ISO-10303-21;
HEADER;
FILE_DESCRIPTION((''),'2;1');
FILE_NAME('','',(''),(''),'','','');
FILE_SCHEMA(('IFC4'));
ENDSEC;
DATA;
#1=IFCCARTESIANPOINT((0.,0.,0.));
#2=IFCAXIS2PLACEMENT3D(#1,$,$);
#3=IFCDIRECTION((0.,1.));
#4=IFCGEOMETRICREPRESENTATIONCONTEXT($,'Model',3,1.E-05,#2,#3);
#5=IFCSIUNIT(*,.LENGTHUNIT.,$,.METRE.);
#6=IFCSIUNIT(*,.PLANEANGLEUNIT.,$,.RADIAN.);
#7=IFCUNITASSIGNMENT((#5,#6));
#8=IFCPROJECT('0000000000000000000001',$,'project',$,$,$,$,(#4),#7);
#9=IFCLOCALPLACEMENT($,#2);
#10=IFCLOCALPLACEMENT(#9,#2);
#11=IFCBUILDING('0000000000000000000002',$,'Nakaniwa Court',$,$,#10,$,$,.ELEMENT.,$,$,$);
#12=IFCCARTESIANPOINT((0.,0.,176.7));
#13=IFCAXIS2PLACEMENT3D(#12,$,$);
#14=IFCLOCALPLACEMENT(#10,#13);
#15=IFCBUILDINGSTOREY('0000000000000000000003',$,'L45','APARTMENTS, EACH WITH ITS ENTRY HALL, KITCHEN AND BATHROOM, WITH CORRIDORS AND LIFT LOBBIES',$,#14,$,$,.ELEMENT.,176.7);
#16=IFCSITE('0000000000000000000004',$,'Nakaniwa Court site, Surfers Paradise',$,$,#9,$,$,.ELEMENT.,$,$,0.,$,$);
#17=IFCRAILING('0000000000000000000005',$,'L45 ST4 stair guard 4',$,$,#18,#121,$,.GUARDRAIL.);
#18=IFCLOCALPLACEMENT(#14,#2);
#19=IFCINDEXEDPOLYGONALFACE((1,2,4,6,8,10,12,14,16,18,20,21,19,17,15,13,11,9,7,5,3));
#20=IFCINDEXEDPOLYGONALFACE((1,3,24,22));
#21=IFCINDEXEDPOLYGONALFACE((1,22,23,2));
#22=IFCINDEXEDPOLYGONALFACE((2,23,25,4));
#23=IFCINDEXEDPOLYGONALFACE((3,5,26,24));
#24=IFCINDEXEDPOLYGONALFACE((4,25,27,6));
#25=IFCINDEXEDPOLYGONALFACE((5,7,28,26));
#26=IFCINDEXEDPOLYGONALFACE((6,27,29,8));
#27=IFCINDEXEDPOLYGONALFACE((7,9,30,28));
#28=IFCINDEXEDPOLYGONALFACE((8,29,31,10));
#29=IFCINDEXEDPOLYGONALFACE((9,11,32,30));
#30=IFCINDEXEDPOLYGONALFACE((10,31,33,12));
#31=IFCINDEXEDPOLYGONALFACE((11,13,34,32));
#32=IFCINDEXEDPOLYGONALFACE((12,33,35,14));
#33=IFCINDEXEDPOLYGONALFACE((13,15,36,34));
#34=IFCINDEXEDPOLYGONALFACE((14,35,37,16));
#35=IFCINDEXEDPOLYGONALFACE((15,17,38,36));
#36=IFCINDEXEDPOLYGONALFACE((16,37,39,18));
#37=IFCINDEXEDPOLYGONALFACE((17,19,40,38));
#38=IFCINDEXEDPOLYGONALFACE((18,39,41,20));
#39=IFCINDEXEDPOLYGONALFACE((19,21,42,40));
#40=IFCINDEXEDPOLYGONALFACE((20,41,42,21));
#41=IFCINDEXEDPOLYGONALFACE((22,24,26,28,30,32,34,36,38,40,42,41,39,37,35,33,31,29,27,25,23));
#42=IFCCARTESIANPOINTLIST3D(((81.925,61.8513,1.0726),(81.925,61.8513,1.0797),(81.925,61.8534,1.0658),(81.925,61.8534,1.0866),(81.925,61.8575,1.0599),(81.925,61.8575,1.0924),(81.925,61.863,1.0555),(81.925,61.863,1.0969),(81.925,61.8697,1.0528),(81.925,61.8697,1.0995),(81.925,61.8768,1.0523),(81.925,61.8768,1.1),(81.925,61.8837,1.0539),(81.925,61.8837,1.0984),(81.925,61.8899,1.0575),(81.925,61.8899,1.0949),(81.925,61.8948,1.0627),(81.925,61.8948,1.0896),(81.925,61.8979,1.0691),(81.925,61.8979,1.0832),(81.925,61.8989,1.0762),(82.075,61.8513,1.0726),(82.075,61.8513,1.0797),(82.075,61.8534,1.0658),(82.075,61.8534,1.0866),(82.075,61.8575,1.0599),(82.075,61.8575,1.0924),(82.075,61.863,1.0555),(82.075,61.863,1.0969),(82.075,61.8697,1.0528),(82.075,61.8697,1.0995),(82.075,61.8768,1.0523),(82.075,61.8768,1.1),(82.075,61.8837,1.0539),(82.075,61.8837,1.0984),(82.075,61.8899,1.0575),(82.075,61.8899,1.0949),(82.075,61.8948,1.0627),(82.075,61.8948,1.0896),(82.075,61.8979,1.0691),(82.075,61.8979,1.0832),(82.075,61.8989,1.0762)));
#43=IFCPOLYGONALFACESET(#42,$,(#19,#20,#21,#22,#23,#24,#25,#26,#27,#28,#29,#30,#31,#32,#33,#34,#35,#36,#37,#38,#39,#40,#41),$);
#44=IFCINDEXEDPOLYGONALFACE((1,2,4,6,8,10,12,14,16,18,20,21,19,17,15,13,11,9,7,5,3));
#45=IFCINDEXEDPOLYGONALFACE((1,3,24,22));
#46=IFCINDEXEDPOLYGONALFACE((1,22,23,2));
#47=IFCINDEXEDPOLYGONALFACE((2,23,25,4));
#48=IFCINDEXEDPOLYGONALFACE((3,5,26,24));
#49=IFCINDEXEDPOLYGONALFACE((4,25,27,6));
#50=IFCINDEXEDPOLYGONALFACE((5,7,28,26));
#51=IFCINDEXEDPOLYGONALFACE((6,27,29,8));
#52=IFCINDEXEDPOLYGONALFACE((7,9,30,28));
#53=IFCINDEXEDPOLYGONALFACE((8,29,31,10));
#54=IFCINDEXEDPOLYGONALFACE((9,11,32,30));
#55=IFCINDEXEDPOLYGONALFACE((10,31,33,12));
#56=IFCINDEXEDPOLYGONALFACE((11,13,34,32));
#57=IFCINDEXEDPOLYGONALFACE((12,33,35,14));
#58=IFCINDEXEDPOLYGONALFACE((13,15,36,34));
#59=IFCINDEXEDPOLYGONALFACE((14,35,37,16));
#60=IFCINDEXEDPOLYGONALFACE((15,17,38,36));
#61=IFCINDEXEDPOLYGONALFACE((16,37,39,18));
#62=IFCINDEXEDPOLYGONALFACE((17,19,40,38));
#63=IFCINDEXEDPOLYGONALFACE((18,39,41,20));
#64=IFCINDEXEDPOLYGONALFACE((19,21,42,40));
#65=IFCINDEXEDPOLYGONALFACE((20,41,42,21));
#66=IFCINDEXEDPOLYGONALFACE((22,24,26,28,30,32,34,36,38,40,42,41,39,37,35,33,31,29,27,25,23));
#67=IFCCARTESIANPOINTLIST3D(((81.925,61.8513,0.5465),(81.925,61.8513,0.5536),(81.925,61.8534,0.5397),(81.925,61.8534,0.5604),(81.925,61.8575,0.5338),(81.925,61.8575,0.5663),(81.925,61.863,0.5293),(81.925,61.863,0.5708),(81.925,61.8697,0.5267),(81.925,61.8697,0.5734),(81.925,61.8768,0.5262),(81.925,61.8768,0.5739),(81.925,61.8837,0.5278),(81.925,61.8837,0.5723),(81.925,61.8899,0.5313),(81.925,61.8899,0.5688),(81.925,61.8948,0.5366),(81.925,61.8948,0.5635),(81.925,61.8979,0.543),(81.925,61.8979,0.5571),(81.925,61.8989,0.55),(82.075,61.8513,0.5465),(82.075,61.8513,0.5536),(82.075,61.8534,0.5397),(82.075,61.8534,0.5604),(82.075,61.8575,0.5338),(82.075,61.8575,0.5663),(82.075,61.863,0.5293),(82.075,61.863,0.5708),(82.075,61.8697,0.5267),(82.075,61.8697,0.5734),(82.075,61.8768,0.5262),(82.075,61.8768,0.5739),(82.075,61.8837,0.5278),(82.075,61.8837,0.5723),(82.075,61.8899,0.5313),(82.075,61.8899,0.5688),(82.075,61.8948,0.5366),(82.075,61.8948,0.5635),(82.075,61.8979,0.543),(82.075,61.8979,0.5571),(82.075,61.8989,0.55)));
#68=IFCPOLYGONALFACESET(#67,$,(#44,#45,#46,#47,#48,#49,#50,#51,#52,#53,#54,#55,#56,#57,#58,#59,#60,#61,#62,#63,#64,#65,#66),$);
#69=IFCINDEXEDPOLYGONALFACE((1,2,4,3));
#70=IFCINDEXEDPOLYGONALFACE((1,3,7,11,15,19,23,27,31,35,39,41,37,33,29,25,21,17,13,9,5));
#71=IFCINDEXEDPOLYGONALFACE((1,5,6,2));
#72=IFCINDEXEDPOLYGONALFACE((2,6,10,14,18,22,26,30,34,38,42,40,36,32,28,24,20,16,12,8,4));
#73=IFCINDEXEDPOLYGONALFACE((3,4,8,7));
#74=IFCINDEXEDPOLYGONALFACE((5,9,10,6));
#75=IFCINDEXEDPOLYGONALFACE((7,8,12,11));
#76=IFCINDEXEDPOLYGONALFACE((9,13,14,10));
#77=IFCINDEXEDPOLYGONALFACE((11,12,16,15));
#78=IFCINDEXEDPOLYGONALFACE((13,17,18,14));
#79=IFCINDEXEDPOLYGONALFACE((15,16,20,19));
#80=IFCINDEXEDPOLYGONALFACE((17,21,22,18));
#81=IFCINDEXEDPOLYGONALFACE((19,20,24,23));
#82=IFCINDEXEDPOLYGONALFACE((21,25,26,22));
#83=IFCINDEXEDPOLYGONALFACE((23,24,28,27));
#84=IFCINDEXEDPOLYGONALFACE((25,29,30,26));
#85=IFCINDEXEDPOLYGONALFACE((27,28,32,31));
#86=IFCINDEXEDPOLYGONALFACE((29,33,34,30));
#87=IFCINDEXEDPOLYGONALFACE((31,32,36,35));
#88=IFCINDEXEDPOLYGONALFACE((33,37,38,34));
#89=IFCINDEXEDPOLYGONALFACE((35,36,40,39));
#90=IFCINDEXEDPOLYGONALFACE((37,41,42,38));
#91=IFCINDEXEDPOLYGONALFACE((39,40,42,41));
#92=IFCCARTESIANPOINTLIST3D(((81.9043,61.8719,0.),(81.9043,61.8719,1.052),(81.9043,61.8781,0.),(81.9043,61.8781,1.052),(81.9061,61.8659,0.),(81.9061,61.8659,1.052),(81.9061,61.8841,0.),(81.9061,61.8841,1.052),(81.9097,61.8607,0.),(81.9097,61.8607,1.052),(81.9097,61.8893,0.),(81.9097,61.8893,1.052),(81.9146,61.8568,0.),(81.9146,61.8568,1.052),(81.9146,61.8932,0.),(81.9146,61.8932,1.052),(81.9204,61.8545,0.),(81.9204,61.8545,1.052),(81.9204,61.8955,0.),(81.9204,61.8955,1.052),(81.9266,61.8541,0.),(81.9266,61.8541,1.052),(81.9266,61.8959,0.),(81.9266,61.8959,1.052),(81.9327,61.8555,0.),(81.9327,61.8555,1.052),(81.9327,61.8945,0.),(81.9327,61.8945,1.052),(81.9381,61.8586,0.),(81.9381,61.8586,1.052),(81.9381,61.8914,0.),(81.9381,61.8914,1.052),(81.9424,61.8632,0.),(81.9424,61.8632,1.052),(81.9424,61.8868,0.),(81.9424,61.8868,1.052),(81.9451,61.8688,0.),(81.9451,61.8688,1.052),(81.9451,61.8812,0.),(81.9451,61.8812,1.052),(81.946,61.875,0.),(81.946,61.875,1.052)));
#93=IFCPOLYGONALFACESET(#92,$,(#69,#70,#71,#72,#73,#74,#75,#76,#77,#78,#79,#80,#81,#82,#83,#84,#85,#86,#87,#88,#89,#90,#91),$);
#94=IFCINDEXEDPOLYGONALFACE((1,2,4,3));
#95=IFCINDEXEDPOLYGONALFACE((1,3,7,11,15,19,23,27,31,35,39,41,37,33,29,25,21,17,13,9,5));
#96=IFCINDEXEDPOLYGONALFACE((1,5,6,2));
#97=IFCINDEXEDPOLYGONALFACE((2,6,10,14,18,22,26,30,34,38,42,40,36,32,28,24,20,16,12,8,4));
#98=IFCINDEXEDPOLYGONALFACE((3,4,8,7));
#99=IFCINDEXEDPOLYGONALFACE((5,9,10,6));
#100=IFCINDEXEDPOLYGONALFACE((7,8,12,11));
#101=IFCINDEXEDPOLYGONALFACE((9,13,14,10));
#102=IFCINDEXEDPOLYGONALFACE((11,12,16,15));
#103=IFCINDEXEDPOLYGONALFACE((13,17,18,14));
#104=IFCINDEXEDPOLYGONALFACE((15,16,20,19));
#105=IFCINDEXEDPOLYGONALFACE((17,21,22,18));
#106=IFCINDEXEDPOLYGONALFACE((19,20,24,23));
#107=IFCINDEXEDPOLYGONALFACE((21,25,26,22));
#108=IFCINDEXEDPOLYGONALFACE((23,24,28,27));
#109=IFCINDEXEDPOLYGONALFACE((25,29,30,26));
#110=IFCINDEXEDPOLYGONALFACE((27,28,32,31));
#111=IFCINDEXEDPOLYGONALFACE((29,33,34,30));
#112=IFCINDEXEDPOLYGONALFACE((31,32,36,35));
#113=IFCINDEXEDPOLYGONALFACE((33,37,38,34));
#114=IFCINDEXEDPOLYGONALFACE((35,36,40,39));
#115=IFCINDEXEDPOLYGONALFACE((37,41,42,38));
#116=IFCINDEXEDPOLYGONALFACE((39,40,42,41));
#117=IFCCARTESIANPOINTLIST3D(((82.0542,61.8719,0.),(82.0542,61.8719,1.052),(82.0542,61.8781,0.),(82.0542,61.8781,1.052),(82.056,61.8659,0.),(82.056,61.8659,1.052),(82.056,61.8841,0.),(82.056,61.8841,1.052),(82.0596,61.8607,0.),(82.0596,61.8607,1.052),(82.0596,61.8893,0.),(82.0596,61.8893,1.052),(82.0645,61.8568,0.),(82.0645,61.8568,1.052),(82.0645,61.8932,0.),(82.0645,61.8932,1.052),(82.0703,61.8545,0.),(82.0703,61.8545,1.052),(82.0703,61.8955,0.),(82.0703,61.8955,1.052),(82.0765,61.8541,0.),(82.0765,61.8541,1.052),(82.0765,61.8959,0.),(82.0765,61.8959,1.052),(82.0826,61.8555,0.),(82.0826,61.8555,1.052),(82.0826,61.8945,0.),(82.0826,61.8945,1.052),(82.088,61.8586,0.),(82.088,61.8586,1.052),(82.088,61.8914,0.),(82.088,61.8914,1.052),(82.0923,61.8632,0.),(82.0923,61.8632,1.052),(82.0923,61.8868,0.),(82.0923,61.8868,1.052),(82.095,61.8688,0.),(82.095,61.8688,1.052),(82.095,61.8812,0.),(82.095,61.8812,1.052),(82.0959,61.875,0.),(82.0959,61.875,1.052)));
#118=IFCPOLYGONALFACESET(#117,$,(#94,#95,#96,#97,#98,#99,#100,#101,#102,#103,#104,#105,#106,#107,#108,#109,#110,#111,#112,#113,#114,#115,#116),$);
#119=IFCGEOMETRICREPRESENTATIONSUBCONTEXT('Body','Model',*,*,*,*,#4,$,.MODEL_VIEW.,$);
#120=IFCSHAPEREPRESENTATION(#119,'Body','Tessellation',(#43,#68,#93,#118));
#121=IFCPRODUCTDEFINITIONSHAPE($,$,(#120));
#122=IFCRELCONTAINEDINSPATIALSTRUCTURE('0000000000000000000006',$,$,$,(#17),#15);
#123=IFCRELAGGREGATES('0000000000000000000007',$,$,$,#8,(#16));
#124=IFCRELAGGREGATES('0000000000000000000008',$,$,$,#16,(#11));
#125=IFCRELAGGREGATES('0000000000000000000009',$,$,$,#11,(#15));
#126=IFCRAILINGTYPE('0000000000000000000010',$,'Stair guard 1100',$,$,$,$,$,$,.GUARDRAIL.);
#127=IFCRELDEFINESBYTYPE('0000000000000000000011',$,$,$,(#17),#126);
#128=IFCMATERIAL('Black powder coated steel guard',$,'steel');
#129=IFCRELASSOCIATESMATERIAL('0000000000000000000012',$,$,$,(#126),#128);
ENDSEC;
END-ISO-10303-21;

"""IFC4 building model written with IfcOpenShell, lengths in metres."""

from ifc_helpers import new_model, si_unit, direction, frame, origin, origin_2d, place, context, subcontext, project, spatial, circle, extrude, material, type_object, element, save


model = new_model("IFC4")

# Units and contexts
model_context = context("Model", 3, precision=1e-05, world=origin(), true_north=direction((0.0, 1.0)))
body_context = subcontext(model_context, "Body", "Model", "MODEL_VIEW")
ifc_project = project(units=[si_unit("LENGTHUNIT", "METRE"), si_unit("PLANEANGLEUNIT", "RADIAN")], contexts=[model_context])

# Site, building, storey
site_placement = place(None, origin())
site = spatial("IfcSite", under=ifc_project, at=site_placement, Name="Nakaniwa Court site, Surfers Paradise", CompositionType="ELEMENT", RefElevation=0.0)
building_placement = place(site_placement, origin())
building = spatial("IfcBuilding", under=site, at=building_placement, Name="Nakaniwa Court", CompositionType="ELEMENT")
storey_placement = place(building_placement, frame((0.0, 0.0, 176.7)))
storey = spatial("IfcBuildingStorey", under=building, at=storey_placement, Name="L45", Description="APARTMENTS, EACH WITH ITS ENTRY HALL, KITCHEN AND BATHROOM, WITH CORRIDORS AND LIFT LOBBIES", CompositionType="ELEMENT", Elevation=176.7)

# Railing
ifc_material_1 = material(Name="Black powder coated steel guard", Category="steel")
railing_type_1 = type_object("IfcRailingType", Name="Stair guard 1100", PredefinedType="GUARDRAIL", material=ifc_material_1)
railing_1_placement = place(storey_placement, frame((81.925, 61.875, 0.0)))
element("IfcRailing", 1, at=railing_1_placement, inside=storey, type_object=railing_type_1, Name="L45 ST4 stair guard 4", PredefinedType="GUARDRAIL", context=body_context, shape_type="SweptSolid", body=[
    extrude(circle(Radius=0.0239, at=origin_2d()), frame((0.0, 0.0, 1.0762), z_axis=(1.0, 0.0, 0.0), x_axis=(0.0, 1.0, 0.0)), (0.0, 0.0, 1.0), 0.1499),
    extrude(circle(Radius=0.0239, at=origin_2d()), frame((0.0, 0.0, 0.55), z_axis=(1.0, 0.0, 0.0), x_axis=(0.0, 1.0, 0.0)), (0.0, 0.0, 1.0), 0.1499),
    extrude(circle(Radius=0.021, at=origin_2d()), origin(), (0.0, 0.0, 1.0), 1.052),
    extrude(circle(Radius=0.021, at=origin_2d()), frame((0.1499, 0.0, 0.0)), (0.0, 0.0, 1.0), 1.052),
])

save(model, "model.ifc")
